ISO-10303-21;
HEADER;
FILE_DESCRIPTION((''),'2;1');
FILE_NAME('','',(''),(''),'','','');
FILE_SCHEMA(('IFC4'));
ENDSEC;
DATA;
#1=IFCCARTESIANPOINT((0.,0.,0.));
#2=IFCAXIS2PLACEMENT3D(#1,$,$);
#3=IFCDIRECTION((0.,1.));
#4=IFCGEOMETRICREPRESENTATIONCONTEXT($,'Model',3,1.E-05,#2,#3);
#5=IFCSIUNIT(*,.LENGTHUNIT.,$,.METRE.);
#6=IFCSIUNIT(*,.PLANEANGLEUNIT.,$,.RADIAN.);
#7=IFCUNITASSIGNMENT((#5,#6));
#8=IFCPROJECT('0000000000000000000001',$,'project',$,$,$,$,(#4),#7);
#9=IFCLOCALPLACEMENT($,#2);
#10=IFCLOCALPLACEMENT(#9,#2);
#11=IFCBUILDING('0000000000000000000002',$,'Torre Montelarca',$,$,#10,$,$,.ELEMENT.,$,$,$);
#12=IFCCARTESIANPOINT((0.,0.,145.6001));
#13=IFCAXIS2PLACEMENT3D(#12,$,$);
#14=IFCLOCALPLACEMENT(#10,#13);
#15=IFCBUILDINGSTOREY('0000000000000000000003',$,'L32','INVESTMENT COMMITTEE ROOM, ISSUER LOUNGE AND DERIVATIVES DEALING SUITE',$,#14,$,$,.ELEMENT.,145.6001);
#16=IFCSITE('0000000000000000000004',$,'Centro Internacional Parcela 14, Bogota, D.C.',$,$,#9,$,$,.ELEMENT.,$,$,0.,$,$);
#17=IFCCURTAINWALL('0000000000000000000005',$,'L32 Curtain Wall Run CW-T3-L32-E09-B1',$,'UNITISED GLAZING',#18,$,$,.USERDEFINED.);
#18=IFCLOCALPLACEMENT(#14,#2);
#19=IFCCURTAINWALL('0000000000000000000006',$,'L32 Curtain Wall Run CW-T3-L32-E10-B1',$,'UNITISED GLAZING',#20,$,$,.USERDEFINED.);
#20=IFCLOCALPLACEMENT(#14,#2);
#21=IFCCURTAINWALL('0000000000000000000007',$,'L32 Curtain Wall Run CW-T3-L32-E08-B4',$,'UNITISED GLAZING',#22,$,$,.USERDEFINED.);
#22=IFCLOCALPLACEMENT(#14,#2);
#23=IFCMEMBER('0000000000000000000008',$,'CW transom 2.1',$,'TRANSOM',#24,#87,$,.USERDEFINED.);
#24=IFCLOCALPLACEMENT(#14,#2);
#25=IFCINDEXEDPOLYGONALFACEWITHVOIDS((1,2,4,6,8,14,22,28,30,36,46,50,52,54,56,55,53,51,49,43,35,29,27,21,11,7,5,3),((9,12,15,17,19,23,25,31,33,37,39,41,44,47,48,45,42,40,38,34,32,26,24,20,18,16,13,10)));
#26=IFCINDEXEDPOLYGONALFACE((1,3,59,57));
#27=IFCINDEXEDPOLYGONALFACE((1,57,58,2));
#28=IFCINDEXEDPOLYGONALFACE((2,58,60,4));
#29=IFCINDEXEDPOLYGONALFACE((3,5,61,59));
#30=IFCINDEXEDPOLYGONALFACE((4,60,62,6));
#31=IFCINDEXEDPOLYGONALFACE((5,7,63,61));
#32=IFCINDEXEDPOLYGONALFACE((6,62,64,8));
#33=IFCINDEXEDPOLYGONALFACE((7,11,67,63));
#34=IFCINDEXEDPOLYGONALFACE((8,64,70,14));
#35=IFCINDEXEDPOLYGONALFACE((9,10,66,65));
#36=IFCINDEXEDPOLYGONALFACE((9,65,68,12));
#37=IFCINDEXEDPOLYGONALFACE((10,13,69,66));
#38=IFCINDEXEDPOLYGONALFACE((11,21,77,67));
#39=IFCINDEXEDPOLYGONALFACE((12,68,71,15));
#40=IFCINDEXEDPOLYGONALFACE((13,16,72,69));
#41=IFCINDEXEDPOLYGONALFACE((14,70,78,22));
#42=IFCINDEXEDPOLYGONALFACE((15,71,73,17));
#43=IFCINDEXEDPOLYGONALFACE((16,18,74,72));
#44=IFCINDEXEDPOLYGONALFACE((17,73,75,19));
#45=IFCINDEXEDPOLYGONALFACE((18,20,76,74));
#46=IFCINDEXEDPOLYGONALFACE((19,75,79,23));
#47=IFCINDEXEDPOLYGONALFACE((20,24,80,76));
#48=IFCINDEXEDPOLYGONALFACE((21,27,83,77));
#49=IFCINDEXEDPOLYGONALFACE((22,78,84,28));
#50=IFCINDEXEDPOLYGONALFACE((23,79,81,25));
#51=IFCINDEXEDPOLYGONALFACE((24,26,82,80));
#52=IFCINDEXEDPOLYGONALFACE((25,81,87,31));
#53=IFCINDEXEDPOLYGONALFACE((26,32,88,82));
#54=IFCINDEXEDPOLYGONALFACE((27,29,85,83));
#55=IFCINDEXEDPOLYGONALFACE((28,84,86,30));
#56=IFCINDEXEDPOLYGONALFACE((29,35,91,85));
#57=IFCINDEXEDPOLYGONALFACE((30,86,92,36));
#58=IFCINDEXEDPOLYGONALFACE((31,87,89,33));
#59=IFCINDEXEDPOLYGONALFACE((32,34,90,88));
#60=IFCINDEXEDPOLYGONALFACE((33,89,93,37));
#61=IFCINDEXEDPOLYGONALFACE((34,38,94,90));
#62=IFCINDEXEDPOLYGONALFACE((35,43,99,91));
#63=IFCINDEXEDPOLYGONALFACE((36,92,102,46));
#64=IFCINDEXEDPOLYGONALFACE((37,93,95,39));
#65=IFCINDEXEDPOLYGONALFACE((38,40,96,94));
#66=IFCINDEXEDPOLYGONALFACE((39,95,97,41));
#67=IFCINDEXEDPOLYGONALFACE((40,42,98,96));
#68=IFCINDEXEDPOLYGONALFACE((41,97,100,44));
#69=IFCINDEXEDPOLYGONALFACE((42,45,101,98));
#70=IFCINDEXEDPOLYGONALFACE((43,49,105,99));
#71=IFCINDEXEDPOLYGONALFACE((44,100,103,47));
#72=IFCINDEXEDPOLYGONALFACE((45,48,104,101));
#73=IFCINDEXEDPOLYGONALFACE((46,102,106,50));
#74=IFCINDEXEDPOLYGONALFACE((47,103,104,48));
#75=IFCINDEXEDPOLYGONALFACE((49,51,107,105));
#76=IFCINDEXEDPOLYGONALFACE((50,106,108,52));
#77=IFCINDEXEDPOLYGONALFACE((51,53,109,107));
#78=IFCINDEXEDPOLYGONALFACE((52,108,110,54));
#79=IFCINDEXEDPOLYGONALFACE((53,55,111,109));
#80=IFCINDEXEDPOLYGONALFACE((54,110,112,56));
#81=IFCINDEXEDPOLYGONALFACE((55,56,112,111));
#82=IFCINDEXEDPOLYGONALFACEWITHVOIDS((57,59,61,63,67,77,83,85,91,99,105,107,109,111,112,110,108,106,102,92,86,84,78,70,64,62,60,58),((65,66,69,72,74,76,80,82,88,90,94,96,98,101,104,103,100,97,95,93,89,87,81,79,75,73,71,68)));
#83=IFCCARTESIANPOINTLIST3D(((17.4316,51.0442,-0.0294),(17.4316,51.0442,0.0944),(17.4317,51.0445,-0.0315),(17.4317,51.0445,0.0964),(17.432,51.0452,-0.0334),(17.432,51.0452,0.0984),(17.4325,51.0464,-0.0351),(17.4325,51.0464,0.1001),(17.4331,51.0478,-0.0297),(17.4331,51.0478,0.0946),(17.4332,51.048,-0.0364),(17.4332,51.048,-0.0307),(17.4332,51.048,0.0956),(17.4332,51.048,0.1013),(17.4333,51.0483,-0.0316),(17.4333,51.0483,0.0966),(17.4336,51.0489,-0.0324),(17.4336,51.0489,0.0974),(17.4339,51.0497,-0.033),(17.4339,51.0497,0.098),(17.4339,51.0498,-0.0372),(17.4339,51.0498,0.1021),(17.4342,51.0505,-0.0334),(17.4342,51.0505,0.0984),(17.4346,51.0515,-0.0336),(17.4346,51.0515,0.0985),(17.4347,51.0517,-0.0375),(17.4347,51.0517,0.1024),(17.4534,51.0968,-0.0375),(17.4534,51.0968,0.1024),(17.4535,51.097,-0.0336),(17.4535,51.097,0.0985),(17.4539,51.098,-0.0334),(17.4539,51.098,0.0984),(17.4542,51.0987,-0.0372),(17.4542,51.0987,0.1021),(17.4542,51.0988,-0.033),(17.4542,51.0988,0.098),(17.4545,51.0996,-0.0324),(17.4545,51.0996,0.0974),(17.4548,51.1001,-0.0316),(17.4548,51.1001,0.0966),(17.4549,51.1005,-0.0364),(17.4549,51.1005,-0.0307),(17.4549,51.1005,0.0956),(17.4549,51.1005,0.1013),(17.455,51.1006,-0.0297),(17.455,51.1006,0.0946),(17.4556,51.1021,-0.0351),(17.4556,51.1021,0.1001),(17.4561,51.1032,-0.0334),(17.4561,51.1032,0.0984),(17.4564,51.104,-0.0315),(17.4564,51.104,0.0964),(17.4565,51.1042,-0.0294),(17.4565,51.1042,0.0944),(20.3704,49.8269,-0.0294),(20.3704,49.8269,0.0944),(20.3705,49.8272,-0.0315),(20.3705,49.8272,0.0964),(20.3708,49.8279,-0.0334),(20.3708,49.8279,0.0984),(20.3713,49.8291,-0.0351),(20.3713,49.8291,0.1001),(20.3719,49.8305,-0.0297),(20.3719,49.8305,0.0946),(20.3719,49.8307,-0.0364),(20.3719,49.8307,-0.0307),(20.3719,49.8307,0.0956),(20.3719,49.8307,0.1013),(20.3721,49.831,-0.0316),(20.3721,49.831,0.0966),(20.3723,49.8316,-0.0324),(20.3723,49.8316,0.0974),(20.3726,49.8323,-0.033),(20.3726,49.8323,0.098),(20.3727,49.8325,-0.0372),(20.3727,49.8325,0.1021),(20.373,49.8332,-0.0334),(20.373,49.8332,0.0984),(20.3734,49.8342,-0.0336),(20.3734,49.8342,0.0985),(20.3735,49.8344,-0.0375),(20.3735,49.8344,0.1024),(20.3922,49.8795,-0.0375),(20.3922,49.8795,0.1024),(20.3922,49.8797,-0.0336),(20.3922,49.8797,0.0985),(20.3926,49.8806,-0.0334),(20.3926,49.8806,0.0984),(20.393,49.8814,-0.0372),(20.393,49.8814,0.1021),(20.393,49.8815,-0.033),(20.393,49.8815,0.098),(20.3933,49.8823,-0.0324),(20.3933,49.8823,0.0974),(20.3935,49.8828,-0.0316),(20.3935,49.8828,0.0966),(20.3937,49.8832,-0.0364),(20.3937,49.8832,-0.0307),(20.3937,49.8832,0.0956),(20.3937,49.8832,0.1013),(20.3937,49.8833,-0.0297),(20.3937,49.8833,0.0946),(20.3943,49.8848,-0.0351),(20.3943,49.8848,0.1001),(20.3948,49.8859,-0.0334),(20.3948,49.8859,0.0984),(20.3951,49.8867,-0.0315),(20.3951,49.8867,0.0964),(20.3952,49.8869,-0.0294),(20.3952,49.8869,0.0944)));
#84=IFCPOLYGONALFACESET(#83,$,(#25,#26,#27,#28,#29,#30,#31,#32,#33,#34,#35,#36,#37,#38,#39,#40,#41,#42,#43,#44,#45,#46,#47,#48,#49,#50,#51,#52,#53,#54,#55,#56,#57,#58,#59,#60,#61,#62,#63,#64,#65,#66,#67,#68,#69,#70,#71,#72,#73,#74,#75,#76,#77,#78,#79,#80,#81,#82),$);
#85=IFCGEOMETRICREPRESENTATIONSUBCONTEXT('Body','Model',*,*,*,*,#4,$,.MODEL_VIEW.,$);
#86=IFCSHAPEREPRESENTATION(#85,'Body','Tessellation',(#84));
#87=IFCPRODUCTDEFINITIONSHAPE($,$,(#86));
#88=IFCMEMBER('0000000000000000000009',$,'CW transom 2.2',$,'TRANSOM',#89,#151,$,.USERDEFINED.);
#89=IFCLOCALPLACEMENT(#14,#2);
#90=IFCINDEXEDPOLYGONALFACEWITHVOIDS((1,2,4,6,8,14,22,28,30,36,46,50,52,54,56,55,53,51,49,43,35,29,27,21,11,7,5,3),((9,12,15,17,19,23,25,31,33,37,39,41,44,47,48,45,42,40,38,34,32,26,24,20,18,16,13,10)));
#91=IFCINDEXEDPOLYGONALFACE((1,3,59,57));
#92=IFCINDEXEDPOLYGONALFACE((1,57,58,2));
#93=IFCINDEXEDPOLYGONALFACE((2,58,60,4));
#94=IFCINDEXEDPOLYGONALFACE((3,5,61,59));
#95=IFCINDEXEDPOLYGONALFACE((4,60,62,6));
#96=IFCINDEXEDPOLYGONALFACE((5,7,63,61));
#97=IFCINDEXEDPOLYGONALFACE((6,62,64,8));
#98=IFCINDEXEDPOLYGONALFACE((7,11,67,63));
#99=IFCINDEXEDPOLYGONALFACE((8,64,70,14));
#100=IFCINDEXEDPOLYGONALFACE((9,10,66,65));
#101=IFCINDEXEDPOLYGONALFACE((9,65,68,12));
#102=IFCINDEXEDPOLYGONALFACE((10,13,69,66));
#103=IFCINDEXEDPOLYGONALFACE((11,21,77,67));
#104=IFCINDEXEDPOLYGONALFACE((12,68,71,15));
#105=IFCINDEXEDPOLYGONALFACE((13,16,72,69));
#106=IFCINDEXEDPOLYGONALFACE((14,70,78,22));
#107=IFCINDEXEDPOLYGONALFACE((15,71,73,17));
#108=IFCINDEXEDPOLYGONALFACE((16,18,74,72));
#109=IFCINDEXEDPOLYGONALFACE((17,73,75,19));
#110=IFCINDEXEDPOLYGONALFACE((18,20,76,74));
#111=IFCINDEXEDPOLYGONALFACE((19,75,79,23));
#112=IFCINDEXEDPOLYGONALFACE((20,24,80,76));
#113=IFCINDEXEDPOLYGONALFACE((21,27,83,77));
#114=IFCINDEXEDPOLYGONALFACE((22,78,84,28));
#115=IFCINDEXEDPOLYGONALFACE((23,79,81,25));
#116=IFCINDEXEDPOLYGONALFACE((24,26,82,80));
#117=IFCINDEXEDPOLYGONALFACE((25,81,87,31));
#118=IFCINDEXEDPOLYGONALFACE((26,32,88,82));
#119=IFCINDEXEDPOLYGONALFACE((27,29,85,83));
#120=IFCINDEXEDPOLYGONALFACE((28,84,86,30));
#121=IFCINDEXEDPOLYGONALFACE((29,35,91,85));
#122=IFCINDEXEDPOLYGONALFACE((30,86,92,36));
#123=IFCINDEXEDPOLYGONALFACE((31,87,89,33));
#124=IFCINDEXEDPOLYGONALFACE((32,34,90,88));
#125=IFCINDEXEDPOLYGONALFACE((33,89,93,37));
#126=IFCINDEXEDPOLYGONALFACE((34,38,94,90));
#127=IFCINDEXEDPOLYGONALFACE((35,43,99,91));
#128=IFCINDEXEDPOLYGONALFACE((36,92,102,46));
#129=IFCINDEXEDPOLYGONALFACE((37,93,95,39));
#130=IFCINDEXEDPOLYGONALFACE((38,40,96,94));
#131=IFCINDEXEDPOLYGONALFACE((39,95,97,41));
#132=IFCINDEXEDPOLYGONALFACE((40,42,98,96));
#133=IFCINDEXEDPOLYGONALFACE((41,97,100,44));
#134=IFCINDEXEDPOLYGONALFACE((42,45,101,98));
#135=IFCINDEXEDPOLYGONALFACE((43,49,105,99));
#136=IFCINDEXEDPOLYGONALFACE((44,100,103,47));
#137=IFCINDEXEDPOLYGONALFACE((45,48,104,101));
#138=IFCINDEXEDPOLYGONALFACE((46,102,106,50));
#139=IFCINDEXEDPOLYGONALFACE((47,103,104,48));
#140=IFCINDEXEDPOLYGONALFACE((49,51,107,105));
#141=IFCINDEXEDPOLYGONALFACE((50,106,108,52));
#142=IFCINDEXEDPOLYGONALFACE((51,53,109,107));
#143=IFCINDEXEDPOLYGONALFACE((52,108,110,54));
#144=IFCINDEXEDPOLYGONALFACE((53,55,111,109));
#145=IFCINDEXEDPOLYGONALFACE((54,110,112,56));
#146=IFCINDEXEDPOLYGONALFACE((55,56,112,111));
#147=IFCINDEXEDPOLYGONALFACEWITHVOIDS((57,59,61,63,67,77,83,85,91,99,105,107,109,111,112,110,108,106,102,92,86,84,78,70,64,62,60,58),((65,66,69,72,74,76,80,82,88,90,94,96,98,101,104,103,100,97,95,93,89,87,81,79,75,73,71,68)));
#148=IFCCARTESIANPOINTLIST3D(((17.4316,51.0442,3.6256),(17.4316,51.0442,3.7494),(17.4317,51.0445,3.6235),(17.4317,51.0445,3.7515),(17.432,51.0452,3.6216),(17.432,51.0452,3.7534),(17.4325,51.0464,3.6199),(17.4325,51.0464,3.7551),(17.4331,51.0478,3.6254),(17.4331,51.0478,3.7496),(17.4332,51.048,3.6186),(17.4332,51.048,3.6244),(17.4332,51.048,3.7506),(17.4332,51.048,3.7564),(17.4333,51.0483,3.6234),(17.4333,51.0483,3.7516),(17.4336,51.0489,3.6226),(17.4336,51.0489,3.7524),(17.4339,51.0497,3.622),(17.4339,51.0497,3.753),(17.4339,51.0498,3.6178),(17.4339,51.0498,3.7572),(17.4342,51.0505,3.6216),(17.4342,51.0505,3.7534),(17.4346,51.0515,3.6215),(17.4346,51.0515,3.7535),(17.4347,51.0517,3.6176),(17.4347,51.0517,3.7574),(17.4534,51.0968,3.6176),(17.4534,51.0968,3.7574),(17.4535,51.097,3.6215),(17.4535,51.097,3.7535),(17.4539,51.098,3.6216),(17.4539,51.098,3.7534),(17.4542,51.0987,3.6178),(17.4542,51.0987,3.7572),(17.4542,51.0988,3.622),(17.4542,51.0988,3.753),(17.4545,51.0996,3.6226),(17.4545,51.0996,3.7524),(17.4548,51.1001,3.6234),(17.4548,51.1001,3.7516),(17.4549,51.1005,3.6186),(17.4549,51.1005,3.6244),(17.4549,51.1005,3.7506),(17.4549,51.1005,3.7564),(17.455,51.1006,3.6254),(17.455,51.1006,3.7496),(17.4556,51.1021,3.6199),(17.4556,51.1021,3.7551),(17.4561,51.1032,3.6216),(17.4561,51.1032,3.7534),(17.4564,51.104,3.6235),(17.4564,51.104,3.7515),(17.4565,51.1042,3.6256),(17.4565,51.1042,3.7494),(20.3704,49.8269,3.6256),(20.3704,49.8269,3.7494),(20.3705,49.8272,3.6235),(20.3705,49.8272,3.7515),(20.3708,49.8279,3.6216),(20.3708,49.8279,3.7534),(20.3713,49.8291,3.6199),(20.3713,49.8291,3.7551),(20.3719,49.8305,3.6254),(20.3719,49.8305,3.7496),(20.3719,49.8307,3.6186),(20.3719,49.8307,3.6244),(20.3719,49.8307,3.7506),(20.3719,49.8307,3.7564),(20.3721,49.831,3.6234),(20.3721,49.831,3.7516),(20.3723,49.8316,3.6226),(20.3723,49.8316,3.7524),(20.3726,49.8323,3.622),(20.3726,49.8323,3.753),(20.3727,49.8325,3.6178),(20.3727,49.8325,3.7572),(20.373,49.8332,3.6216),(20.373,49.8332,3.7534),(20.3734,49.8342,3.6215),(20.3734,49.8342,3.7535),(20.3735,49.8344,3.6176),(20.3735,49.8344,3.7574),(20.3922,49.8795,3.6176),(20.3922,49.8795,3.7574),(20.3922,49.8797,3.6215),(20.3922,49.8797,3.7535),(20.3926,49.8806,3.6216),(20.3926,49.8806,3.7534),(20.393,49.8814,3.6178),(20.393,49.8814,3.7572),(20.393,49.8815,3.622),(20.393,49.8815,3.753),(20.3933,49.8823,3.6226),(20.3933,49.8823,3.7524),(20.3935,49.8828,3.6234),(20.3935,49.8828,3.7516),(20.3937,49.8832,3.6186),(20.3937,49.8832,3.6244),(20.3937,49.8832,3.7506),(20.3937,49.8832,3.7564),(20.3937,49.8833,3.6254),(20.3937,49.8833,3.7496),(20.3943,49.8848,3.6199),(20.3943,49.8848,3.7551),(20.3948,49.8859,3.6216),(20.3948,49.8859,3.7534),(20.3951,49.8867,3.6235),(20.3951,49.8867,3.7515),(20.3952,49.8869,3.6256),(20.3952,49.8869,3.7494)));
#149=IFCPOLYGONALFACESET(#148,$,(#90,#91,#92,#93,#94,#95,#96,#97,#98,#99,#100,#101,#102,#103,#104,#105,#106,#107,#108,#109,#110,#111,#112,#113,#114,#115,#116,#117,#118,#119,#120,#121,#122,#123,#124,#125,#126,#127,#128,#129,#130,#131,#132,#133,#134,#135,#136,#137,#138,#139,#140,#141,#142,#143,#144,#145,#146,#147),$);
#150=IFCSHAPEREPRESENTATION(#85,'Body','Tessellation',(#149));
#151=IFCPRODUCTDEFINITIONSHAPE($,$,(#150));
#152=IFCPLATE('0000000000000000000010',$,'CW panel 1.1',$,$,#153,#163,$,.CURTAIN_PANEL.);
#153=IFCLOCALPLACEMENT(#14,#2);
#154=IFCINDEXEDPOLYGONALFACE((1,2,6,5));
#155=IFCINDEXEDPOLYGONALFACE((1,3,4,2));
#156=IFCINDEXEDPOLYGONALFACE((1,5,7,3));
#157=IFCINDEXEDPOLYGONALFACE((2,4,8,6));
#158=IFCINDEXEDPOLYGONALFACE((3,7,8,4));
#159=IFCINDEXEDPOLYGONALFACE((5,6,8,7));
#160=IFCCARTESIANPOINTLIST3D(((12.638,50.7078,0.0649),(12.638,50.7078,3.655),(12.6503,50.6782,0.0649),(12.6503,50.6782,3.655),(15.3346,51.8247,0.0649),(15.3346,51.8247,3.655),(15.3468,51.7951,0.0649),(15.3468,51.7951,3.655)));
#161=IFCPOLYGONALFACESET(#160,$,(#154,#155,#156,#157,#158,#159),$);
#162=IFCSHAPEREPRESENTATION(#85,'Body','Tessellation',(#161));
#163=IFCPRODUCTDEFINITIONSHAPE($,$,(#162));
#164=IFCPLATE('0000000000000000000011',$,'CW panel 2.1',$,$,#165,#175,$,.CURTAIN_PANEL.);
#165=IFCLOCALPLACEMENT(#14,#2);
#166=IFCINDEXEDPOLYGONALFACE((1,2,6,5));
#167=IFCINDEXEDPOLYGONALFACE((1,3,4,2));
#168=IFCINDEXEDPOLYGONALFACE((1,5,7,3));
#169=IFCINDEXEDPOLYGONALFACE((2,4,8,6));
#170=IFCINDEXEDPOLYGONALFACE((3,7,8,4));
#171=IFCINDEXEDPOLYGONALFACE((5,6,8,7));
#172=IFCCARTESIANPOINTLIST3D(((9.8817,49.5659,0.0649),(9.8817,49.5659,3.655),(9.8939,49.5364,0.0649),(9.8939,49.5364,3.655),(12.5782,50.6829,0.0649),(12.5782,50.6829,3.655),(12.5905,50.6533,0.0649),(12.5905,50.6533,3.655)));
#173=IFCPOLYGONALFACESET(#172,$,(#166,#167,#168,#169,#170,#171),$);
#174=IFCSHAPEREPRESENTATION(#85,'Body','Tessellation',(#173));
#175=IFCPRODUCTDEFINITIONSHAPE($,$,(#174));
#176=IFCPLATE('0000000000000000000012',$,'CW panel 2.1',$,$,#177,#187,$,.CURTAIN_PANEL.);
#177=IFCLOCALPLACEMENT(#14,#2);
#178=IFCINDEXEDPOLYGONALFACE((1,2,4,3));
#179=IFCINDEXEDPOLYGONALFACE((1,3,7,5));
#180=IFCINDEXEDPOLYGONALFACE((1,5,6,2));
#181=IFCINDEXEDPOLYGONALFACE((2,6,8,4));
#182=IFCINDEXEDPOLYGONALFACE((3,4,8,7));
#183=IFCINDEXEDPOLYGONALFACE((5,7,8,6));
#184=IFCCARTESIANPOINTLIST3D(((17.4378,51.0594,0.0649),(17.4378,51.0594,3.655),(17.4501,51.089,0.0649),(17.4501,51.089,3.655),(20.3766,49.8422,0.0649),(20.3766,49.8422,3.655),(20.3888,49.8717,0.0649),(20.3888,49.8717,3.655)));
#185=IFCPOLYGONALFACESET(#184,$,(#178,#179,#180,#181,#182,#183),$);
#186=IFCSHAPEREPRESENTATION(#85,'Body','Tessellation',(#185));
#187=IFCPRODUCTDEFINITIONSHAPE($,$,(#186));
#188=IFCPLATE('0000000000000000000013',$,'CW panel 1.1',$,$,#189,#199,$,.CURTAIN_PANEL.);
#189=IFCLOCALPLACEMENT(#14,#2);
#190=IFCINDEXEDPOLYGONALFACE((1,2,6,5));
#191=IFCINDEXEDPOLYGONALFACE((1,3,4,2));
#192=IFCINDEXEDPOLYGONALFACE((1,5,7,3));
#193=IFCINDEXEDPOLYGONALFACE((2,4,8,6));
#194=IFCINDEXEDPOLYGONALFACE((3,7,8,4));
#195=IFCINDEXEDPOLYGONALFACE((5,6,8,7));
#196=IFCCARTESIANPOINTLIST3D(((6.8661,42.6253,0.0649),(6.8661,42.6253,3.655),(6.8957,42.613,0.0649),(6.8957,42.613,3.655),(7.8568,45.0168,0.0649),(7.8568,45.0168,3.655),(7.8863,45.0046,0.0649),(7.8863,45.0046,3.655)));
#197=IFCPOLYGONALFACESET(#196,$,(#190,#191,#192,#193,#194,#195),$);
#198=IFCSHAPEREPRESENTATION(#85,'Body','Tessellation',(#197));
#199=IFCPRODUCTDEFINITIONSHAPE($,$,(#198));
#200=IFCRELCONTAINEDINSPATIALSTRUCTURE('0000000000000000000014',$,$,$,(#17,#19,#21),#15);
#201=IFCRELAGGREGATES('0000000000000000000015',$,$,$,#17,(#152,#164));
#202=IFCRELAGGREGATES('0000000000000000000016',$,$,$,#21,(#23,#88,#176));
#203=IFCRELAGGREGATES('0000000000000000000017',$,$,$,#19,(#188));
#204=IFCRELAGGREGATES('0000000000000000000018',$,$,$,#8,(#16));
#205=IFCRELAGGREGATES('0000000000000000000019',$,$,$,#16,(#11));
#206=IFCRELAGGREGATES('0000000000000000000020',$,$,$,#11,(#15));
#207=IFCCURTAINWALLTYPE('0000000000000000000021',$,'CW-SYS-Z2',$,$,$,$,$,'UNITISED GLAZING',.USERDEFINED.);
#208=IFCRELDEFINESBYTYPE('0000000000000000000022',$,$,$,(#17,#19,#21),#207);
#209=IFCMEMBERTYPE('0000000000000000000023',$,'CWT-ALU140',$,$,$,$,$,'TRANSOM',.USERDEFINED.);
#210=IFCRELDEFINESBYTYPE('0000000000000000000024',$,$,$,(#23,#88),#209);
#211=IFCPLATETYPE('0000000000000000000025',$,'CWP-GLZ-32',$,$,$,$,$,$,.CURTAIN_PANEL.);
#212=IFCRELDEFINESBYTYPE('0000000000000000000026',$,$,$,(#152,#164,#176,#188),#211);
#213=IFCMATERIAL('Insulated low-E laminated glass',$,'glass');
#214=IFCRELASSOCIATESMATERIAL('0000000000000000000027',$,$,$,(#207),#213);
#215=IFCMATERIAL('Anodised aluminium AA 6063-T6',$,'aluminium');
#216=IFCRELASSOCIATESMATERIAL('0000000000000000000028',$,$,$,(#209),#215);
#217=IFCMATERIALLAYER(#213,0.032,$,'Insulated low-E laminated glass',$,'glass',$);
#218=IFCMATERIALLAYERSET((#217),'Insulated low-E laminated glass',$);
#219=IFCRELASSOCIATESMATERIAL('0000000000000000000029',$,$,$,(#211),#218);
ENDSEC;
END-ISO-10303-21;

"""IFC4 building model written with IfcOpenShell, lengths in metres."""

from ifc_helpers import new_model, si_unit, direction, frame, origin, origin_2d, place, context, subcontext, project, spatial, rectangle, hollow_rectangle, extrude, source, transform, mapped, material, layer, layer_set, material_profile, profile_set, type_object, element, aggregate, save


model = new_model("IFC4")

# Units and contexts
model_context = context("Model", 3, precision=1e-05, world=origin(), true_north=direction((0.0, 1.0)))
body_context = subcontext(model_context, "Body", "Model", "MODEL_VIEW")
ifc_project = project(units=[si_unit("LENGTHUNIT", "METRE"), si_unit("PLANEANGLEUNIT", "RADIAN")], contexts=[model_context])

# Site, building, storey
site_placement = place(None, origin())
site = spatial("IfcSite", under=ifc_project, at=site_placement, Name="Centro Internacional Parcela 14, Bogota, D.C.", CompositionType="ELEMENT", RefElevation=0.0)
building_placement = place(site_placement, origin())
building = spatial("IfcBuilding", under=site, at=building_placement, Name="Torre Montelarca", CompositionType="ELEMENT")
storey_placement = place(building_placement, frame((0.0, 0.0, 145.6001)))
storey = spatial("IfcBuildingStorey", under=building, at=storey_placement, Name="L32", Description="INVESTMENT COMMITTEE ROOM, ISSUER LOUNGE AND DERIVATIVES DEALING SUITE", CompositionType="ELEMENT", Elevation=145.6001)

# Curtain walls
ifc_material_1 = material(Name="Insulated low-E laminated glass", Category="glass")
curtain_wall_type = type_object("IfcCurtainWallType", Name="CW-SYS-Z2", ElementType="UNITISED GLAZING", PredefinedType="USERDEFINED", material=ifc_material_1)
curtain_wall_1_placement = place(storey_placement, origin())
curtain_wall_1 = element("IfcCurtainWall", 1, at=curtain_wall_1_placement, inside=storey, type_object=curtain_wall_type, Name="L32 Curtain Wall Run CW-T3-L32-E09-B1", ObjectType="UNITISED GLAZING", PredefinedType="USERDEFINED")
ifc_material_2 = material(Name="Anodised aluminium AA 6063-T6", Category="aluminium")
ifc_material_profile_1 = material_profile(ifc_material_2, hollow_rectangle(XDim=0.0649, YDim=0.1399, WallThickness=0.0039, InnerFilletRadius=0.0039, OuterFilletRadius=0.0081, at=origin_2d()), Name="ALU65X140X4", Category="aluminium")
ifc_profile_set_1 = profile_set([ifc_material_profile_1], Name="Anodised aluminium AA 6063-T6")
member_type_1 = type_object("IfcMemberType", Name="CWT-ALU140", ElementType="TRANSOM", PredefinedType="USERDEFINED", material=ifc_profile_set_1)
curtain_wall_2_placement = place(storey_placement, origin())
curtain_wall_2 = element("IfcCurtainWall", 2, at=curtain_wall_2_placement, inside=storey, type_object=curtain_wall_type, Name="L32 Curtain Wall Run CW-T3-L32-E10-B1", ObjectType="UNITISED GLAZING", PredefinedType="USERDEFINED")
curtain_wall_3_placement = place(storey_placement, origin())
curtain_wall_3 = element("IfcCurtainWall", 3, at=curtain_wall_3_placement, inside=storey, type_object=curtain_wall_type, Name="L32 Curtain Wall Run CW-T3-L32-E08-B4", ObjectType="UNITISED GLAZING", PredefinedType="USERDEFINED")

# Members
shared_shape_1 = source(origin(), body_context, "Body", "SweptSolid", [
    extrude(hollow_rectangle(XDim=0.0649, YDim=0.1399, WallThickness=0.0039, InnerFilletRadius=0.0039, OuterFilletRadius=0.0081, at=origin_2d()), origin(), (0.0, 0.0, 1.0), 3.1809),
])
member_1_placement = place(storey_placement, frame((20.3828, 49.8569, 0.0325), z_axis=(-0.923877, 0.382691, 0.0), x_axis=(-0.382691, -0.923877, 0.0)))
member_1 = element("IfcMember", 4, at=member_1_placement, type_object=member_type_1, Name="CW transom 2.1", ObjectType="TRANSOM", PredefinedType="USERDEFINED", context=body_context, shape_type="MappedRepresentation", body=[
    mapped(shared_shape_1, transform((0.0, 0.0, 0.0), scale=1.0)),
])
member_2_placement = place(storey_placement, frame((20.3828, 49.8569, 3.6875), z_axis=(-0.923877, 0.382691, 0.0), x_axis=(-0.382691, -0.923877, 0.0)))
member_2 = element("IfcMember", 5, at=member_2_placement, type_object=member_type_1, Name="CW transom 2.2", ObjectType="TRANSOM", PredefinedType="USERDEFINED", context=body_context, shape_type="MappedRepresentation", body=[
    mapped(shared_shape_1, transform((0.0, 0.0, 0.0), scale=1.0)),
])

# Plates
ifc_layer_1 = layer(ifc_material_1, 0.032, Name="Insulated low-E laminated glass", Category="glass")
ifc_layer_set_1 = layer_set([ifc_layer_1], Name="Insulated low-E laminated glass")
plate_type = type_object("IfcPlateType", Name="CWP-GLZ-32", PredefinedType="CURTAIN_PANEL", material=ifc_layer_set_1)
shared_shape_2 = source(origin(), body_context, "Body", "SweptSolid", [
    extrude(rectangle(XDim=2.9187, YDim=0.032, at=origin_2d()), origin(), (0.0, 0.0, 1.0), 3.5901),
])
plate_1_placement = place(storey_placement, frame((13.9924, 51.2515, 0.0649), z_axis=(0.0, 0.0, 1.0), x_axis=(-0.923883, -0.382676, 0.0)))
plate_1 = element("IfcPlate", 6, at=plate_1_placement, type_object=plate_type, Name="CW panel 1.1", PredefinedType="CURTAIN_PANEL", context=body_context, shape_type="MappedRepresentation", body=[
    mapped(shared_shape_2, transform((0.0, 0.0, 0.0), scale=1.0)),
])
plate_2_placement = place(storey_placement, frame((11.2361, 50.1096, 0.0649), z_axis=(0.0, 0.0, 1.0), x_axis=(-0.923883, -0.382676, 0.0)))
plate_2 = element("IfcPlate", 7, at=plate_2_placement, type_object=plate_type, Name="CW panel 2.1", PredefinedType="CURTAIN_PANEL", context=body_context, shape_type="MappedRepresentation", body=[
    mapped(shared_shape_2, transform((0.0, 0.0, 0.0), scale=1.0)),
])
aggregate(curtain_wall_1, [plate_1, plate_2])
shared_shape_3 = source(origin(), body_context, "Body", "SweptSolid", [
    extrude(rectangle(XDim=3.1809, YDim=0.032, at=origin_2d()), origin(), (0.0, 0.0, 1.0), 3.5901),
])
plate_3_placement = place(storey_placement, frame((18.9133, 50.4656, 0.0649), z_axis=(0.0, 0.0, 1.0), x_axis=(-0.923879, 0.382684, 0.0)))
plate_3 = element("IfcPlate", 8, at=plate_3_placement, type_object=plate_type, Name="CW panel 2.1", PredefinedType="CURTAIN_PANEL", context=body_context, shape_type="MappedRepresentation", body=[
    mapped(shared_shape_3, transform((0.0, 0.0, 0.0), scale=1.0)),
])
aggregate(curtain_wall_3, [member_1, member_2, plate_3])
shared_shape_4 = source(origin(), body_context, "Body", "SweptSolid", [
    extrude(rectangle(XDim=2.5886, YDim=0.032, at=origin_2d()), origin(), (0.0, 0.0, 1.0), 3.5901),
])
plate_4_placement = place(storey_placement, frame((7.3762, 43.8149, 0.0649), z_axis=(0.0, 0.0, 1.0), x_axis=(-0.382692, -0.923876, 0.0)))
plate_4 = element("IfcPlate", 9, at=plate_4_placement, type_object=plate_type, Name="CW panel 1.1", PredefinedType="CURTAIN_PANEL", context=body_context, shape_type="MappedRepresentation", body=[
    mapped(shared_shape_4, transform((0.0, 0.0, 0.0), scale=1.0)),
])
aggregate(curtain_wall_2, [plate_4])

save(model, "model.ifc")
